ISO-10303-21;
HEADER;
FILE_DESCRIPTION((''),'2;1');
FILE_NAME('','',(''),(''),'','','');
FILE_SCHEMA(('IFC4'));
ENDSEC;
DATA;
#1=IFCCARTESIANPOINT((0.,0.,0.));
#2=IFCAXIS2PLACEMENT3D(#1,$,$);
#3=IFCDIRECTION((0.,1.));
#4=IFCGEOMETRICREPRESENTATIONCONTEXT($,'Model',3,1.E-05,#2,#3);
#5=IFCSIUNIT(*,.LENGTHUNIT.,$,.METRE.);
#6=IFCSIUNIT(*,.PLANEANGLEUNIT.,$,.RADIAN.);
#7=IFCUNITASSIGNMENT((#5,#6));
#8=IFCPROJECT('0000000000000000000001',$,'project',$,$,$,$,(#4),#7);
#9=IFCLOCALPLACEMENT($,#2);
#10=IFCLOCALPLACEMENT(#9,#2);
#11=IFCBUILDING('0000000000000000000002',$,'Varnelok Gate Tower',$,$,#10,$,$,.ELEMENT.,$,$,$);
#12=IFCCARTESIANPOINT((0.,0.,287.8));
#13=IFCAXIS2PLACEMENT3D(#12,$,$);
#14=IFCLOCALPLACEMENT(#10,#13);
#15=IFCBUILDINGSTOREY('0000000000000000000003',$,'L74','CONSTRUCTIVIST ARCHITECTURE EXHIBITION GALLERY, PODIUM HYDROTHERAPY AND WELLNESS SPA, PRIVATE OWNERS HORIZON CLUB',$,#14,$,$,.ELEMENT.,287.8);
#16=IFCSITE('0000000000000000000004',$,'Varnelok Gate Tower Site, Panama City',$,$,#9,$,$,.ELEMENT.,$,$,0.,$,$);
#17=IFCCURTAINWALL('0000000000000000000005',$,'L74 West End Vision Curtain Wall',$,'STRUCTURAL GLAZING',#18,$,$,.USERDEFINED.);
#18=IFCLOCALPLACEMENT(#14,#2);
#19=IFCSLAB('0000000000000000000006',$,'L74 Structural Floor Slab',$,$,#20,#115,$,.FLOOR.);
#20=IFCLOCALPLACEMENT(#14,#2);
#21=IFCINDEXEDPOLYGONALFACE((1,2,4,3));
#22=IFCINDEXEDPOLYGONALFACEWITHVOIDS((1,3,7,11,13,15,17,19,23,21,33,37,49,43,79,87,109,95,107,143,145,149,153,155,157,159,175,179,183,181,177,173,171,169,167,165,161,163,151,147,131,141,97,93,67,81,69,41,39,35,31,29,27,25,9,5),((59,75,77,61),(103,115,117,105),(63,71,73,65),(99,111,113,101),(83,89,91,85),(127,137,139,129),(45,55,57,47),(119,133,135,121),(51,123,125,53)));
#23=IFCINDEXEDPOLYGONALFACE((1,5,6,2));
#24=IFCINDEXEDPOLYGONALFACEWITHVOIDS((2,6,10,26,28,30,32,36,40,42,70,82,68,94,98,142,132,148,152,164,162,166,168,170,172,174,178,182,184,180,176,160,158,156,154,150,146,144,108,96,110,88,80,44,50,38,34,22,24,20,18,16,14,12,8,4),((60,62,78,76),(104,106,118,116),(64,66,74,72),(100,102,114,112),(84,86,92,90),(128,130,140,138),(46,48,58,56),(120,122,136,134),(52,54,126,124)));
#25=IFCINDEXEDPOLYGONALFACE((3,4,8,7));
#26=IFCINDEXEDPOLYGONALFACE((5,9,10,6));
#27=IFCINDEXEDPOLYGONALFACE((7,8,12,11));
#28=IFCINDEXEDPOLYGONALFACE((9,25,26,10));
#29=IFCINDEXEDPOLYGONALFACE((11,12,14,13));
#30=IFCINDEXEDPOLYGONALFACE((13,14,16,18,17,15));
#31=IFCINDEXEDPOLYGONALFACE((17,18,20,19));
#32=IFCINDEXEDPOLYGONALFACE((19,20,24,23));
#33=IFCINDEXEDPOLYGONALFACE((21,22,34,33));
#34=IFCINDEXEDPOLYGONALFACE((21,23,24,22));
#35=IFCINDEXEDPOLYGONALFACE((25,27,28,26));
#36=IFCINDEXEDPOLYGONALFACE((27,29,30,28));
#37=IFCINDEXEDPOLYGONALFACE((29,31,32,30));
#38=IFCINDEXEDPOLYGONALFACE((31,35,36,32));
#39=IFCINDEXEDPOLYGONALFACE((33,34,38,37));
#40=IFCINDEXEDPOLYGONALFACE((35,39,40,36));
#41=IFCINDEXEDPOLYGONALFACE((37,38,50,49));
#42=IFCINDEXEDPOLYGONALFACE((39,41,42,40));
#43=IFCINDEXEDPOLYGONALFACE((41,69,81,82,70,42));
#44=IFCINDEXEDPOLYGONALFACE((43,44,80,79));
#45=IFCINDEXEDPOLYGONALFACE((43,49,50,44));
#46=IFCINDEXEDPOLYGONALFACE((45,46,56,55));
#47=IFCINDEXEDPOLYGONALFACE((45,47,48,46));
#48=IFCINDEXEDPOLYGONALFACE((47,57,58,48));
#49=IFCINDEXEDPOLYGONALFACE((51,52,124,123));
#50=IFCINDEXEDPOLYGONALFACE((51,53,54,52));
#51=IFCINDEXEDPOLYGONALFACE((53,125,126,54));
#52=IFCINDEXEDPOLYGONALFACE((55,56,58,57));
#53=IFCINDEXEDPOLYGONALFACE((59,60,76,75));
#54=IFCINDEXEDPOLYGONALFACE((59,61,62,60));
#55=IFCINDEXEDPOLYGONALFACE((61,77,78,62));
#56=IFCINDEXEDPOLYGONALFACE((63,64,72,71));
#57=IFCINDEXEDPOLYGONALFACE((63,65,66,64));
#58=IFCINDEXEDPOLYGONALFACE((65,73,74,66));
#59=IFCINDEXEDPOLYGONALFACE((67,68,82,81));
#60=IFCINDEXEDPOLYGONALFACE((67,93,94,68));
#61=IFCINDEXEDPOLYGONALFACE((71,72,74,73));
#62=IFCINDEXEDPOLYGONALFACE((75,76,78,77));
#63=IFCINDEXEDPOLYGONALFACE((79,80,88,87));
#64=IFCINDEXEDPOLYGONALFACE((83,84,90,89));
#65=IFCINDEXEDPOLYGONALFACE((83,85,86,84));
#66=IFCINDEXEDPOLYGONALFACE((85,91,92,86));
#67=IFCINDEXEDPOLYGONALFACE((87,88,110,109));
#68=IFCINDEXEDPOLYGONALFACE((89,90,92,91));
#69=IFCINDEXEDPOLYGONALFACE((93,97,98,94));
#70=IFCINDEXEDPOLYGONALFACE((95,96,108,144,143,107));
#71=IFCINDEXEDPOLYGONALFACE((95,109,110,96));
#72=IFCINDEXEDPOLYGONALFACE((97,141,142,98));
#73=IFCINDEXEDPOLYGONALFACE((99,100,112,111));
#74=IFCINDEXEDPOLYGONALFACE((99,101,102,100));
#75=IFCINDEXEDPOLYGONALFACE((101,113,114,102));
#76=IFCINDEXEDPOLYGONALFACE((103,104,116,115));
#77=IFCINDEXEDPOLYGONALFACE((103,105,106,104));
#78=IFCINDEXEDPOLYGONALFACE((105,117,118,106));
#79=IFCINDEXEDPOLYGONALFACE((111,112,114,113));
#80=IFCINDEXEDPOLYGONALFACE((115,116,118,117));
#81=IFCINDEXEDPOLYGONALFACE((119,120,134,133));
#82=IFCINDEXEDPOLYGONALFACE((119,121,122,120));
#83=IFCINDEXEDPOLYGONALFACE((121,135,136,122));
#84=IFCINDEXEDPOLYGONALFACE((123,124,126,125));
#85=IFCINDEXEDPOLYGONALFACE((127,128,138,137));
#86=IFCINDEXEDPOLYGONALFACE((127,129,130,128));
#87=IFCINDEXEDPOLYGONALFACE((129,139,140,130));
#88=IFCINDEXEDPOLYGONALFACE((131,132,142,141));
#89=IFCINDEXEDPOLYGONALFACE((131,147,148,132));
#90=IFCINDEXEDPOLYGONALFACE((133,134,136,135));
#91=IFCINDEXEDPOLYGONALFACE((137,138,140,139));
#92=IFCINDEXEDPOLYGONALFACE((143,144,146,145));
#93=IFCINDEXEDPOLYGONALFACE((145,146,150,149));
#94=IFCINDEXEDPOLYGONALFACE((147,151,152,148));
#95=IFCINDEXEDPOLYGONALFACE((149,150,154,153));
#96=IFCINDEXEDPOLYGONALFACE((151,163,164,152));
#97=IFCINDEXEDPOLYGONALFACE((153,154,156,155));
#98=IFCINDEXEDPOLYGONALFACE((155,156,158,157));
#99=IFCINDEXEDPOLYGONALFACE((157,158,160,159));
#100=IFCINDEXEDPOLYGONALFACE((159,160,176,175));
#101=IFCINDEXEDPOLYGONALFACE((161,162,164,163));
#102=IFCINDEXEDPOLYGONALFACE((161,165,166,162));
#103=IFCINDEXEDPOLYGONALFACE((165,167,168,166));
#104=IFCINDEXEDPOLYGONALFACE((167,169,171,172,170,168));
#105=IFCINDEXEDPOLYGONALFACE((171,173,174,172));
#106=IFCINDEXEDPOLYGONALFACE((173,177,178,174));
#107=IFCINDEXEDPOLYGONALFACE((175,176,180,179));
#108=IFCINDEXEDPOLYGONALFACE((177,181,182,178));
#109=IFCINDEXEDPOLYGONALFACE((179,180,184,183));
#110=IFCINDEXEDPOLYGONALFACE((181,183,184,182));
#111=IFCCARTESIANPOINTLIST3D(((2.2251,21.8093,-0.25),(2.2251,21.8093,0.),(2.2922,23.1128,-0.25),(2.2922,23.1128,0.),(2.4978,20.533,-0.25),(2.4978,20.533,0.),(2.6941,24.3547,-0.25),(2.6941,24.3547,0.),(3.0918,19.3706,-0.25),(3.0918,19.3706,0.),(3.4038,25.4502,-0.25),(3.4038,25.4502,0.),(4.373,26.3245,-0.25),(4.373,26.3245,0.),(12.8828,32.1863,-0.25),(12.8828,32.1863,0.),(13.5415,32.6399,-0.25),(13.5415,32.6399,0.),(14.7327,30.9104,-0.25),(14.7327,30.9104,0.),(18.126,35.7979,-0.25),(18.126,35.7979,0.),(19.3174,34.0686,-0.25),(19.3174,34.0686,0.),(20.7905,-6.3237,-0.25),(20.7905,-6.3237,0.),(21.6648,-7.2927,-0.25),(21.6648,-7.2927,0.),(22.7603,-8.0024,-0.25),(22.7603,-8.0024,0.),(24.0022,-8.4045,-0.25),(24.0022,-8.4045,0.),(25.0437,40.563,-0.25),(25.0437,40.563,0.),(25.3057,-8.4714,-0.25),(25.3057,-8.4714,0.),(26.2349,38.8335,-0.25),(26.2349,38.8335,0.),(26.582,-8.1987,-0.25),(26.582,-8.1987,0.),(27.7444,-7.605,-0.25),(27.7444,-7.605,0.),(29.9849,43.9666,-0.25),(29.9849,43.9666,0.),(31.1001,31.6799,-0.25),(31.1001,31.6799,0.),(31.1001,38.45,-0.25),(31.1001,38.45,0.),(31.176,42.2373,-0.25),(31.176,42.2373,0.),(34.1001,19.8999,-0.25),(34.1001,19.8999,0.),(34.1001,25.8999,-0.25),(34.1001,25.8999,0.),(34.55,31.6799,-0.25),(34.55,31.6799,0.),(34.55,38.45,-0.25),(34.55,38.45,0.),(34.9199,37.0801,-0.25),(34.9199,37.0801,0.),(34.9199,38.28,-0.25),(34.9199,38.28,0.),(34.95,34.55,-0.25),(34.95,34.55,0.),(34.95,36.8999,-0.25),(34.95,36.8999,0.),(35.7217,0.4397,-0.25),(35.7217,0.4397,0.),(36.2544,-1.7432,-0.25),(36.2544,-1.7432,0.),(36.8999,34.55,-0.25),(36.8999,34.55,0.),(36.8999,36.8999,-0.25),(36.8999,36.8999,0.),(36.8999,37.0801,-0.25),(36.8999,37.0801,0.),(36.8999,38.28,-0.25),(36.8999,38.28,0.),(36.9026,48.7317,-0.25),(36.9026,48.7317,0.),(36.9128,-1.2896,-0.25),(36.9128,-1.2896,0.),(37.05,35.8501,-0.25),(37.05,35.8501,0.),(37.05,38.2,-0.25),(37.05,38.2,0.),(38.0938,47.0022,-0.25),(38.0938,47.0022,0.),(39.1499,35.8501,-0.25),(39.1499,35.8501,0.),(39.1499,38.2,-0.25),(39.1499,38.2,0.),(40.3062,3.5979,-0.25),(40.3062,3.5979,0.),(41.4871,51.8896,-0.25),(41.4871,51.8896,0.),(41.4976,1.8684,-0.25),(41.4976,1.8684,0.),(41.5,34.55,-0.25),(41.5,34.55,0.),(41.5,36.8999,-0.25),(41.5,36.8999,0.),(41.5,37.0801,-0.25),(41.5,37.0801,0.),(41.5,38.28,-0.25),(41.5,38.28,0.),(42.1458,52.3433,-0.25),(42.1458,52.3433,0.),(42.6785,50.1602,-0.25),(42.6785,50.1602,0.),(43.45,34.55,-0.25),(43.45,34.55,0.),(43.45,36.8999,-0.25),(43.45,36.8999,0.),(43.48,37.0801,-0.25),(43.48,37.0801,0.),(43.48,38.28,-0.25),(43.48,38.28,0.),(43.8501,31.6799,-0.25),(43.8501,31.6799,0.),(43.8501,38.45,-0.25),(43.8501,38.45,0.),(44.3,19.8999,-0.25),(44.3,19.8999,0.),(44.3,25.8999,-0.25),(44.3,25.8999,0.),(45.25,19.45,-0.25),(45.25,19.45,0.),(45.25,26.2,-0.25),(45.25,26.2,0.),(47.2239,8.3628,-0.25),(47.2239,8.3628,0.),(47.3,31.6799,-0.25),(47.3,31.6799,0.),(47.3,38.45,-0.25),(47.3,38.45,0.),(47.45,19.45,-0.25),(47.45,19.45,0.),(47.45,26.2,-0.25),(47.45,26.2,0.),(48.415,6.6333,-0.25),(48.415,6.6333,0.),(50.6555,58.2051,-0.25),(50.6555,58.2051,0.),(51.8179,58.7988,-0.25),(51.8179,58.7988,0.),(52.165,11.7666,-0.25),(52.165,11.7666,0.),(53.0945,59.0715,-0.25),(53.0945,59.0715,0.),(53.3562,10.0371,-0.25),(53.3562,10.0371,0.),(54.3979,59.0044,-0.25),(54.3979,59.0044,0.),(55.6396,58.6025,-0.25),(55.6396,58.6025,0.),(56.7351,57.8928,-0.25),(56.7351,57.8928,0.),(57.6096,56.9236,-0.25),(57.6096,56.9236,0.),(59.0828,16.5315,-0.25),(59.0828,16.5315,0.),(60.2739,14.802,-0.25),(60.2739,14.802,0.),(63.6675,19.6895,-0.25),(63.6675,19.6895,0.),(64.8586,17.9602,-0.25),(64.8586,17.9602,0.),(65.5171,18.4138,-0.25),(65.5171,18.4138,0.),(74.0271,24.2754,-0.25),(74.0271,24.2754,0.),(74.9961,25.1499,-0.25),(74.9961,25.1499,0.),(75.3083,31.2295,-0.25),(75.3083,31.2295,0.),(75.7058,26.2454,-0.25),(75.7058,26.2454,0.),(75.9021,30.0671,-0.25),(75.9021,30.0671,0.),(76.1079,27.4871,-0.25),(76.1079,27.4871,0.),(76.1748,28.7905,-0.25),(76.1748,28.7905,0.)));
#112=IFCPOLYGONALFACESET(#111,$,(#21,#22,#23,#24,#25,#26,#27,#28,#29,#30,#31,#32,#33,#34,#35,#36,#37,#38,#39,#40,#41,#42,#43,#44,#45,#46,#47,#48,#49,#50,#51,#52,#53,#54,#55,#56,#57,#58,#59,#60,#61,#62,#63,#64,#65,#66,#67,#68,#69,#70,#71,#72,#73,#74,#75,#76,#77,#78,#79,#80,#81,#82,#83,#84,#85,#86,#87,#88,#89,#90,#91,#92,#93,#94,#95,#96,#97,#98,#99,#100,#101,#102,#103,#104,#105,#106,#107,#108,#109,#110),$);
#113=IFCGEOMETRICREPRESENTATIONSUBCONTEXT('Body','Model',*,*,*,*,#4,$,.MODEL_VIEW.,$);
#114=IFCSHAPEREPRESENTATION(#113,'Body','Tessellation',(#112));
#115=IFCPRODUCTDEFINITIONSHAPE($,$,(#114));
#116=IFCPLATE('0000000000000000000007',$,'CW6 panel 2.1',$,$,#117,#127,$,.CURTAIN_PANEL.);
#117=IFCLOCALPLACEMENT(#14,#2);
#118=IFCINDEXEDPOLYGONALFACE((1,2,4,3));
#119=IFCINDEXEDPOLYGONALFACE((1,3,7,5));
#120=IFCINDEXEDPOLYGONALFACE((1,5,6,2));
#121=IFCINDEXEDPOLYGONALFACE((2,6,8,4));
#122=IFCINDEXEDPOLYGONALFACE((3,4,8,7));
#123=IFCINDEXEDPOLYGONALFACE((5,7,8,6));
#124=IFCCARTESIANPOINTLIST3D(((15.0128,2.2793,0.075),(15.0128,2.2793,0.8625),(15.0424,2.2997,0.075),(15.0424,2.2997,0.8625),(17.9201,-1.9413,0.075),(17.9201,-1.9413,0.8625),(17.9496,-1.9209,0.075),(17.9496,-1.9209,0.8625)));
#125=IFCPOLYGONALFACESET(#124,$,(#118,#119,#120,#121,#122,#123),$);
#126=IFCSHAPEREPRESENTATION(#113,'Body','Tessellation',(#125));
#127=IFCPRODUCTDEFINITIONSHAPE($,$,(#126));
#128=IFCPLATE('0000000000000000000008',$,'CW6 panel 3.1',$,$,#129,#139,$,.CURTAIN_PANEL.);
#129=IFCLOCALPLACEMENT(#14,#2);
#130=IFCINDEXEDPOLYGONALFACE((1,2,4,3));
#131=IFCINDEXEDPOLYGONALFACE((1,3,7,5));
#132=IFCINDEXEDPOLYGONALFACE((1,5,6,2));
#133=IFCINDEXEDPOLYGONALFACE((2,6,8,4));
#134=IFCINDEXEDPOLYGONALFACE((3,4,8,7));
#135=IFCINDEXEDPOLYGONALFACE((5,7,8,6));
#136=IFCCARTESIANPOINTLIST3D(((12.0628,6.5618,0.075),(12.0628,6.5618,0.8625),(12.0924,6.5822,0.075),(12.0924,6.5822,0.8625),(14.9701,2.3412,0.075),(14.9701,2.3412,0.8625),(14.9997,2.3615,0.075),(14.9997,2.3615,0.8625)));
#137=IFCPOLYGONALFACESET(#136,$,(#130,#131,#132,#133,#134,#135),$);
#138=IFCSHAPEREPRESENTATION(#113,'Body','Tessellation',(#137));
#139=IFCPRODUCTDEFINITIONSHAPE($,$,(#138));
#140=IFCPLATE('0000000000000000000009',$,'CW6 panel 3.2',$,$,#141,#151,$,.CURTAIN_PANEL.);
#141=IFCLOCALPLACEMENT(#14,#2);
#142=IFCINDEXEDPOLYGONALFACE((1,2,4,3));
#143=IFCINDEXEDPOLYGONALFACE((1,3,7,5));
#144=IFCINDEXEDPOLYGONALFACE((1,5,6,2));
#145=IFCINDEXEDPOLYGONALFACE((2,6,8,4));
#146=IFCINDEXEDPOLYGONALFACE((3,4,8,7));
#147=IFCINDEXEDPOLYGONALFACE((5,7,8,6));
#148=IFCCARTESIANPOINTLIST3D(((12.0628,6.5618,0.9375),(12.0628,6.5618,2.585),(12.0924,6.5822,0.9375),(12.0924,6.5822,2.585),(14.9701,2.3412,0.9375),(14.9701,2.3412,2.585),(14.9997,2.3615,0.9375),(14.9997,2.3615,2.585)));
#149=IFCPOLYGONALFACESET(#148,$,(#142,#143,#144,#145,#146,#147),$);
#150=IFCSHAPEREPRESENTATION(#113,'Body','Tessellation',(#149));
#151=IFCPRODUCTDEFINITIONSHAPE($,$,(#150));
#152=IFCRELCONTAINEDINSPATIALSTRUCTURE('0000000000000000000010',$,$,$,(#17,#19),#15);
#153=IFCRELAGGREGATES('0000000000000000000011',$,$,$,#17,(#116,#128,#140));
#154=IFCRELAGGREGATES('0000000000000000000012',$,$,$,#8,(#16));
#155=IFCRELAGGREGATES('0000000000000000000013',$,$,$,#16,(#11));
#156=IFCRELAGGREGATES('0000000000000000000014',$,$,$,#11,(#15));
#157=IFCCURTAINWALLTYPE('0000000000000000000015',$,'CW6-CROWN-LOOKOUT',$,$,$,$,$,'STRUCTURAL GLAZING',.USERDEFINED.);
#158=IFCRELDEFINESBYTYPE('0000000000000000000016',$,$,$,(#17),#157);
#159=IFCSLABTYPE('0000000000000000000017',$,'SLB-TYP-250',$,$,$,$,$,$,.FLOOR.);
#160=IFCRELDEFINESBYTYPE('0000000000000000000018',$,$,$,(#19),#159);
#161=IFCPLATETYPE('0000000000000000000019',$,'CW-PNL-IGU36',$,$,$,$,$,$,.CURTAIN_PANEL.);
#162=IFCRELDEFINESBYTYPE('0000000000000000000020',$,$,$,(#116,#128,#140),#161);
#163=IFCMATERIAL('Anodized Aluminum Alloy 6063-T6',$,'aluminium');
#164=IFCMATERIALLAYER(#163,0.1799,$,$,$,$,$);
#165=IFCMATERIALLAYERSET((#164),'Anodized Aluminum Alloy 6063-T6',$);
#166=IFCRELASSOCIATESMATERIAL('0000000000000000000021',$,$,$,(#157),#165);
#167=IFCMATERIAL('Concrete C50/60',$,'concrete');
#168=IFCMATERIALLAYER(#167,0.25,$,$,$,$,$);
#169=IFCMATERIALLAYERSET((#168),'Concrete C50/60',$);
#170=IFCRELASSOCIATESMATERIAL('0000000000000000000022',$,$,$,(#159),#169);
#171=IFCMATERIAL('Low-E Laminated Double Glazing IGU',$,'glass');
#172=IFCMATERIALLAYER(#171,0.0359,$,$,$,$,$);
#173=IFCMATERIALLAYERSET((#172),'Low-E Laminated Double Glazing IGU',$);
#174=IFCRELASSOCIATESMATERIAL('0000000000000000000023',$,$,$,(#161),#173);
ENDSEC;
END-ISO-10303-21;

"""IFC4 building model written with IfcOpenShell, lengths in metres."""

from ifc_helpers import new_model, si_unit, direction, frame, origin, origin_2d, place, context, subcontext, project, spatial, polyline, rectangle, outline, extrude, source, transform, mapped, material, layer, layer_set, type_object, element, aggregate, save


model = new_model("IFC4")

# Units and contexts
model_context = context("Model", 3, precision=1e-05, world=origin(), true_north=direction((0.0, 1.0)))
body_context = subcontext(model_context, "Body", "Model", "MODEL_VIEW")
ifc_project = project(units=[si_unit("LENGTHUNIT", "METRE"), si_unit("PLANEANGLEUNIT", "RADIAN")], contexts=[model_context])

# Site, building, storey
site_placement = place(None, origin())
site = spatial("IfcSite", under=ifc_project, at=site_placement, Name="Varnelok Gate Tower Site, Panama City", CompositionType="ELEMENT", RefElevation=0.0)
building_placement = place(site_placement, origin())
building = spatial("IfcBuilding", under=site, at=building_placement, Name="Varnelok Gate Tower", CompositionType="ELEMENT")
storey_placement = place(building_placement, frame((0.0, 0.0, 287.8)))
storey = spatial("IfcBuildingStorey", under=building, at=storey_placement, Name="L74", Description="CONSTRUCTIVIST ARCHITECTURE EXHIBITION GALLERY, PODIUM HYDROTHERAPY AND WELLNESS SPA, PRIVATE OWNERS HORIZON CLUB", CompositionType="ELEMENT", Elevation=287.8)

# Curtain wall
ifc_material_1 = material(Name="Anodized Aluminum Alloy 6063-T6", Category="aluminium")
ifc_layer_1 = layer(ifc_material_1, 0.1799)
ifc_layer_set_1 = layer_set([ifc_layer_1], Name="Anodized Aluminum Alloy 6063-T6")
curtain_wall_type = type_object("IfcCurtainWallType", Name="CW6-CROWN-LOOKOUT", ElementType="STRUCTURAL GLAZING", PredefinedType="USERDEFINED", material=ifc_layer_set_1)
curtain_wall_placement = place(storey_placement, origin())
curtain_wall = element("IfcCurtainWall", 1, at=curtain_wall_placement, inside=storey, type_object=curtain_wall_type, Name="L74 West End Vision Curtain Wall", ObjectType="STRUCTURAL GLAZING", PredefinedType="USERDEFINED")

# Shared definitions
ifc_material_2 = material(Name="Concrete C50/60", Category="concrete")

# Slab
ifc_layer_2 = layer(ifc_material_2, 0.25)
ifc_layer_set_2 = layer_set([ifc_layer_2], Name="Concrete C50/60")
slab_type_1 = type_object("IfcSlabType", Name="SLB-TYP-250", PredefinedType="FLOOR", material=ifc_layer_set_2)
slab_1_placement = place(storey_placement, frame((0.0, 0.0, -0.25)))
element("IfcSlab", 2, at=slab_1_placement, inside=storey, type_object=slab_type_1, Name="L74 Structural Floor Slab", PredefinedType="FLOOR", context=body_context, shape_type="SweptSolid", body=[
    extrude(outline(polyline([(20.7905, -6.3237), (21.6648, -7.2927), (22.7603, -8.0024), (24.0022, -8.4045), (25.3057, -8.4714), (26.582, -8.1987), (27.7444, -7.605), (36.2544, -1.7432), (36.9128, -1.2896), (35.7217, 0.4397), (40.3062, 3.5979), (41.4976, 1.8684), (48.415, 6.6333), (47.2239, 8.3628), (52.165, 11.7666), (53.3562, 10.0371), (60.2739, 14.802), (59.0828, 16.5315), (63.6675, 19.6895), (64.8586, 17.9602), (65.5171, 18.4138), (74.0271, 24.2754), (74.9961, 25.1499), (75.7058, 26.2454), (76.1079, 27.4871), (76.1748, 28.7905), (75.9021, 30.0671), (75.3083, 31.2295), (57.6096, 56.9236), (56.7351, 57.8928), (55.6396, 58.6025), (54.3979, 59.0044), (53.0945, 59.0715), (51.8179, 58.7988), (50.6555, 58.2051), (42.1458, 52.3433), (41.4871, 51.8896), (42.6785, 50.1602), (38.0938, 47.0022), (36.9026, 48.7317), (29.9849, 43.9666), (31.176, 42.2373), (26.2349, 38.8335), (25.0437, 40.563), (18.126, 35.7979), (19.3174, 34.0686), (14.7327, 30.9104), (13.5415, 32.6399), (12.8828, 32.1863), (4.373, 26.3245), (3.4038, 25.4502), (2.6941, 24.3547), (2.2922, 23.1128), (2.2251, 21.8093), (2.4978, 20.533), (3.0918, 19.3706), (20.7905, -6.3237)]), holes=[polyline([(34.55, 31.6799), (34.55, 38.45), (31.1001, 38.45), (31.1001, 31.6799), (34.55, 31.6799)]), polyline([(47.3, 31.6799), (47.3, 38.45), (43.8501, 38.45), (43.8501, 31.6799), (47.3, 31.6799)]), polyline([(34.95, 34.55), (36.8999, 34.55), (36.8999, 36.8999), (34.95, 36.8999), (34.95, 34.55)]), polyline([(41.5, 34.55), (43.45, 34.55), (43.45, 36.8999), (41.5, 36.8999), (41.5, 34.55)]), polyline([(37.05, 35.8501), (39.1499, 35.8501), (39.1499, 38.2), (37.05, 38.2), (37.05, 35.8501)]), polyline([(45.25, 19.45), (47.45, 19.45), (47.45, 26.2), (45.25, 26.2), (45.25, 19.45)]), polyline([(34.9199, 37.0801), (36.8999, 37.0801), (36.8999, 38.28), (34.9199, 38.28), (34.9199, 37.0801)]), polyline([(41.5, 37.0801), (43.48, 37.0801), (43.48, 38.28), (41.5, 38.28), (41.5, 37.0801)]), polyline([(34.1001, 19.8999), (44.3, 19.8999), (44.3, 25.8999), (34.1001, 25.8999), (34.1001, 19.8999)])]), origin(), (0.0, 0.0, 1.0), 0.25),
])

# Plates
ifc_material_3 = material(Name="Low-E Laminated Double Glazing IGU", Category="glass")
ifc_layer_3 = layer(ifc_material_3, 0.0359)
ifc_layer_set_3 = layer_set([ifc_layer_3], Name="Low-E Laminated Double Glazing IGU")
plate_type = type_object("IfcPlateType", Name="CW-PNL-IGU36", PredefinedType="CURTAIN_PANEL", material=ifc_layer_set_3)
shared_shape_1 = source(origin(), body_context, "Body", "SweptSolid", [
    extrude(rectangle(XDim=5.125, YDim=0.0359, at=origin_2d()), origin(), (0.0, 0.0, 1.0), 0.7876),
])
plate_1_placement = place(storey_placement, frame((16.4812, 0.1792, 0.075), z_axis=(0.0, 0.0, 1.0), x_axis=(-0.567269, 0.823532, 0.0)))
plate_1 = element("IfcPlate", 3, at=plate_1_placement, type_object=plate_type, Name="CW6 panel 2.1", PredefinedType="CURTAIN_PANEL", context=body_context, shape_type="MappedRepresentation", body=[
    mapped(shared_shape_1, transform((0.0, 0.0, 0.0), scale=1.0)),
])
plate_2_placement = place(storey_placement, frame((13.5312, 4.4617, 0.075), z_axis=(0.0, 0.0, 1.0), x_axis=(-0.567269, 0.823532, 0.0)))
plate_2 = element("IfcPlate", 4, at=plate_2_placement, type_object=plate_type, Name="CW6 panel 3.1", PredefinedType="CURTAIN_PANEL", context=body_context, shape_type="MappedRepresentation", body=[
    mapped(shared_shape_1, transform((0.0, 0.0, 0.0), scale=1.0)),
])
shared_shape_2 = source(origin(), body_context, "Body", "SweptSolid", [
    extrude(rectangle(XDim=5.125, YDim=0.0359, at=origin_2d()), origin(), (0.0, 0.0, 1.0), 1.6475),
])
plate_3_placement = place(storey_placement, frame((13.5312, 4.4617, 0.9375), z_axis=(0.0, 0.0, 1.0), x_axis=(-0.567269, 0.823532, 0.0)))
plate_3 = element("IfcPlate", 5, at=plate_3_placement, type_object=plate_type, Name="CW6 panel 3.2", PredefinedType="CURTAIN_PANEL", context=body_context, shape_type="MappedRepresentation", body=[
    mapped(shared_shape_2, transform((0.0, 0.0, 0.0), scale=1.0)),
])
aggregate(curtain_wall, [plate_1, plate_2, plate_3])

save(model, "model.ifc")
